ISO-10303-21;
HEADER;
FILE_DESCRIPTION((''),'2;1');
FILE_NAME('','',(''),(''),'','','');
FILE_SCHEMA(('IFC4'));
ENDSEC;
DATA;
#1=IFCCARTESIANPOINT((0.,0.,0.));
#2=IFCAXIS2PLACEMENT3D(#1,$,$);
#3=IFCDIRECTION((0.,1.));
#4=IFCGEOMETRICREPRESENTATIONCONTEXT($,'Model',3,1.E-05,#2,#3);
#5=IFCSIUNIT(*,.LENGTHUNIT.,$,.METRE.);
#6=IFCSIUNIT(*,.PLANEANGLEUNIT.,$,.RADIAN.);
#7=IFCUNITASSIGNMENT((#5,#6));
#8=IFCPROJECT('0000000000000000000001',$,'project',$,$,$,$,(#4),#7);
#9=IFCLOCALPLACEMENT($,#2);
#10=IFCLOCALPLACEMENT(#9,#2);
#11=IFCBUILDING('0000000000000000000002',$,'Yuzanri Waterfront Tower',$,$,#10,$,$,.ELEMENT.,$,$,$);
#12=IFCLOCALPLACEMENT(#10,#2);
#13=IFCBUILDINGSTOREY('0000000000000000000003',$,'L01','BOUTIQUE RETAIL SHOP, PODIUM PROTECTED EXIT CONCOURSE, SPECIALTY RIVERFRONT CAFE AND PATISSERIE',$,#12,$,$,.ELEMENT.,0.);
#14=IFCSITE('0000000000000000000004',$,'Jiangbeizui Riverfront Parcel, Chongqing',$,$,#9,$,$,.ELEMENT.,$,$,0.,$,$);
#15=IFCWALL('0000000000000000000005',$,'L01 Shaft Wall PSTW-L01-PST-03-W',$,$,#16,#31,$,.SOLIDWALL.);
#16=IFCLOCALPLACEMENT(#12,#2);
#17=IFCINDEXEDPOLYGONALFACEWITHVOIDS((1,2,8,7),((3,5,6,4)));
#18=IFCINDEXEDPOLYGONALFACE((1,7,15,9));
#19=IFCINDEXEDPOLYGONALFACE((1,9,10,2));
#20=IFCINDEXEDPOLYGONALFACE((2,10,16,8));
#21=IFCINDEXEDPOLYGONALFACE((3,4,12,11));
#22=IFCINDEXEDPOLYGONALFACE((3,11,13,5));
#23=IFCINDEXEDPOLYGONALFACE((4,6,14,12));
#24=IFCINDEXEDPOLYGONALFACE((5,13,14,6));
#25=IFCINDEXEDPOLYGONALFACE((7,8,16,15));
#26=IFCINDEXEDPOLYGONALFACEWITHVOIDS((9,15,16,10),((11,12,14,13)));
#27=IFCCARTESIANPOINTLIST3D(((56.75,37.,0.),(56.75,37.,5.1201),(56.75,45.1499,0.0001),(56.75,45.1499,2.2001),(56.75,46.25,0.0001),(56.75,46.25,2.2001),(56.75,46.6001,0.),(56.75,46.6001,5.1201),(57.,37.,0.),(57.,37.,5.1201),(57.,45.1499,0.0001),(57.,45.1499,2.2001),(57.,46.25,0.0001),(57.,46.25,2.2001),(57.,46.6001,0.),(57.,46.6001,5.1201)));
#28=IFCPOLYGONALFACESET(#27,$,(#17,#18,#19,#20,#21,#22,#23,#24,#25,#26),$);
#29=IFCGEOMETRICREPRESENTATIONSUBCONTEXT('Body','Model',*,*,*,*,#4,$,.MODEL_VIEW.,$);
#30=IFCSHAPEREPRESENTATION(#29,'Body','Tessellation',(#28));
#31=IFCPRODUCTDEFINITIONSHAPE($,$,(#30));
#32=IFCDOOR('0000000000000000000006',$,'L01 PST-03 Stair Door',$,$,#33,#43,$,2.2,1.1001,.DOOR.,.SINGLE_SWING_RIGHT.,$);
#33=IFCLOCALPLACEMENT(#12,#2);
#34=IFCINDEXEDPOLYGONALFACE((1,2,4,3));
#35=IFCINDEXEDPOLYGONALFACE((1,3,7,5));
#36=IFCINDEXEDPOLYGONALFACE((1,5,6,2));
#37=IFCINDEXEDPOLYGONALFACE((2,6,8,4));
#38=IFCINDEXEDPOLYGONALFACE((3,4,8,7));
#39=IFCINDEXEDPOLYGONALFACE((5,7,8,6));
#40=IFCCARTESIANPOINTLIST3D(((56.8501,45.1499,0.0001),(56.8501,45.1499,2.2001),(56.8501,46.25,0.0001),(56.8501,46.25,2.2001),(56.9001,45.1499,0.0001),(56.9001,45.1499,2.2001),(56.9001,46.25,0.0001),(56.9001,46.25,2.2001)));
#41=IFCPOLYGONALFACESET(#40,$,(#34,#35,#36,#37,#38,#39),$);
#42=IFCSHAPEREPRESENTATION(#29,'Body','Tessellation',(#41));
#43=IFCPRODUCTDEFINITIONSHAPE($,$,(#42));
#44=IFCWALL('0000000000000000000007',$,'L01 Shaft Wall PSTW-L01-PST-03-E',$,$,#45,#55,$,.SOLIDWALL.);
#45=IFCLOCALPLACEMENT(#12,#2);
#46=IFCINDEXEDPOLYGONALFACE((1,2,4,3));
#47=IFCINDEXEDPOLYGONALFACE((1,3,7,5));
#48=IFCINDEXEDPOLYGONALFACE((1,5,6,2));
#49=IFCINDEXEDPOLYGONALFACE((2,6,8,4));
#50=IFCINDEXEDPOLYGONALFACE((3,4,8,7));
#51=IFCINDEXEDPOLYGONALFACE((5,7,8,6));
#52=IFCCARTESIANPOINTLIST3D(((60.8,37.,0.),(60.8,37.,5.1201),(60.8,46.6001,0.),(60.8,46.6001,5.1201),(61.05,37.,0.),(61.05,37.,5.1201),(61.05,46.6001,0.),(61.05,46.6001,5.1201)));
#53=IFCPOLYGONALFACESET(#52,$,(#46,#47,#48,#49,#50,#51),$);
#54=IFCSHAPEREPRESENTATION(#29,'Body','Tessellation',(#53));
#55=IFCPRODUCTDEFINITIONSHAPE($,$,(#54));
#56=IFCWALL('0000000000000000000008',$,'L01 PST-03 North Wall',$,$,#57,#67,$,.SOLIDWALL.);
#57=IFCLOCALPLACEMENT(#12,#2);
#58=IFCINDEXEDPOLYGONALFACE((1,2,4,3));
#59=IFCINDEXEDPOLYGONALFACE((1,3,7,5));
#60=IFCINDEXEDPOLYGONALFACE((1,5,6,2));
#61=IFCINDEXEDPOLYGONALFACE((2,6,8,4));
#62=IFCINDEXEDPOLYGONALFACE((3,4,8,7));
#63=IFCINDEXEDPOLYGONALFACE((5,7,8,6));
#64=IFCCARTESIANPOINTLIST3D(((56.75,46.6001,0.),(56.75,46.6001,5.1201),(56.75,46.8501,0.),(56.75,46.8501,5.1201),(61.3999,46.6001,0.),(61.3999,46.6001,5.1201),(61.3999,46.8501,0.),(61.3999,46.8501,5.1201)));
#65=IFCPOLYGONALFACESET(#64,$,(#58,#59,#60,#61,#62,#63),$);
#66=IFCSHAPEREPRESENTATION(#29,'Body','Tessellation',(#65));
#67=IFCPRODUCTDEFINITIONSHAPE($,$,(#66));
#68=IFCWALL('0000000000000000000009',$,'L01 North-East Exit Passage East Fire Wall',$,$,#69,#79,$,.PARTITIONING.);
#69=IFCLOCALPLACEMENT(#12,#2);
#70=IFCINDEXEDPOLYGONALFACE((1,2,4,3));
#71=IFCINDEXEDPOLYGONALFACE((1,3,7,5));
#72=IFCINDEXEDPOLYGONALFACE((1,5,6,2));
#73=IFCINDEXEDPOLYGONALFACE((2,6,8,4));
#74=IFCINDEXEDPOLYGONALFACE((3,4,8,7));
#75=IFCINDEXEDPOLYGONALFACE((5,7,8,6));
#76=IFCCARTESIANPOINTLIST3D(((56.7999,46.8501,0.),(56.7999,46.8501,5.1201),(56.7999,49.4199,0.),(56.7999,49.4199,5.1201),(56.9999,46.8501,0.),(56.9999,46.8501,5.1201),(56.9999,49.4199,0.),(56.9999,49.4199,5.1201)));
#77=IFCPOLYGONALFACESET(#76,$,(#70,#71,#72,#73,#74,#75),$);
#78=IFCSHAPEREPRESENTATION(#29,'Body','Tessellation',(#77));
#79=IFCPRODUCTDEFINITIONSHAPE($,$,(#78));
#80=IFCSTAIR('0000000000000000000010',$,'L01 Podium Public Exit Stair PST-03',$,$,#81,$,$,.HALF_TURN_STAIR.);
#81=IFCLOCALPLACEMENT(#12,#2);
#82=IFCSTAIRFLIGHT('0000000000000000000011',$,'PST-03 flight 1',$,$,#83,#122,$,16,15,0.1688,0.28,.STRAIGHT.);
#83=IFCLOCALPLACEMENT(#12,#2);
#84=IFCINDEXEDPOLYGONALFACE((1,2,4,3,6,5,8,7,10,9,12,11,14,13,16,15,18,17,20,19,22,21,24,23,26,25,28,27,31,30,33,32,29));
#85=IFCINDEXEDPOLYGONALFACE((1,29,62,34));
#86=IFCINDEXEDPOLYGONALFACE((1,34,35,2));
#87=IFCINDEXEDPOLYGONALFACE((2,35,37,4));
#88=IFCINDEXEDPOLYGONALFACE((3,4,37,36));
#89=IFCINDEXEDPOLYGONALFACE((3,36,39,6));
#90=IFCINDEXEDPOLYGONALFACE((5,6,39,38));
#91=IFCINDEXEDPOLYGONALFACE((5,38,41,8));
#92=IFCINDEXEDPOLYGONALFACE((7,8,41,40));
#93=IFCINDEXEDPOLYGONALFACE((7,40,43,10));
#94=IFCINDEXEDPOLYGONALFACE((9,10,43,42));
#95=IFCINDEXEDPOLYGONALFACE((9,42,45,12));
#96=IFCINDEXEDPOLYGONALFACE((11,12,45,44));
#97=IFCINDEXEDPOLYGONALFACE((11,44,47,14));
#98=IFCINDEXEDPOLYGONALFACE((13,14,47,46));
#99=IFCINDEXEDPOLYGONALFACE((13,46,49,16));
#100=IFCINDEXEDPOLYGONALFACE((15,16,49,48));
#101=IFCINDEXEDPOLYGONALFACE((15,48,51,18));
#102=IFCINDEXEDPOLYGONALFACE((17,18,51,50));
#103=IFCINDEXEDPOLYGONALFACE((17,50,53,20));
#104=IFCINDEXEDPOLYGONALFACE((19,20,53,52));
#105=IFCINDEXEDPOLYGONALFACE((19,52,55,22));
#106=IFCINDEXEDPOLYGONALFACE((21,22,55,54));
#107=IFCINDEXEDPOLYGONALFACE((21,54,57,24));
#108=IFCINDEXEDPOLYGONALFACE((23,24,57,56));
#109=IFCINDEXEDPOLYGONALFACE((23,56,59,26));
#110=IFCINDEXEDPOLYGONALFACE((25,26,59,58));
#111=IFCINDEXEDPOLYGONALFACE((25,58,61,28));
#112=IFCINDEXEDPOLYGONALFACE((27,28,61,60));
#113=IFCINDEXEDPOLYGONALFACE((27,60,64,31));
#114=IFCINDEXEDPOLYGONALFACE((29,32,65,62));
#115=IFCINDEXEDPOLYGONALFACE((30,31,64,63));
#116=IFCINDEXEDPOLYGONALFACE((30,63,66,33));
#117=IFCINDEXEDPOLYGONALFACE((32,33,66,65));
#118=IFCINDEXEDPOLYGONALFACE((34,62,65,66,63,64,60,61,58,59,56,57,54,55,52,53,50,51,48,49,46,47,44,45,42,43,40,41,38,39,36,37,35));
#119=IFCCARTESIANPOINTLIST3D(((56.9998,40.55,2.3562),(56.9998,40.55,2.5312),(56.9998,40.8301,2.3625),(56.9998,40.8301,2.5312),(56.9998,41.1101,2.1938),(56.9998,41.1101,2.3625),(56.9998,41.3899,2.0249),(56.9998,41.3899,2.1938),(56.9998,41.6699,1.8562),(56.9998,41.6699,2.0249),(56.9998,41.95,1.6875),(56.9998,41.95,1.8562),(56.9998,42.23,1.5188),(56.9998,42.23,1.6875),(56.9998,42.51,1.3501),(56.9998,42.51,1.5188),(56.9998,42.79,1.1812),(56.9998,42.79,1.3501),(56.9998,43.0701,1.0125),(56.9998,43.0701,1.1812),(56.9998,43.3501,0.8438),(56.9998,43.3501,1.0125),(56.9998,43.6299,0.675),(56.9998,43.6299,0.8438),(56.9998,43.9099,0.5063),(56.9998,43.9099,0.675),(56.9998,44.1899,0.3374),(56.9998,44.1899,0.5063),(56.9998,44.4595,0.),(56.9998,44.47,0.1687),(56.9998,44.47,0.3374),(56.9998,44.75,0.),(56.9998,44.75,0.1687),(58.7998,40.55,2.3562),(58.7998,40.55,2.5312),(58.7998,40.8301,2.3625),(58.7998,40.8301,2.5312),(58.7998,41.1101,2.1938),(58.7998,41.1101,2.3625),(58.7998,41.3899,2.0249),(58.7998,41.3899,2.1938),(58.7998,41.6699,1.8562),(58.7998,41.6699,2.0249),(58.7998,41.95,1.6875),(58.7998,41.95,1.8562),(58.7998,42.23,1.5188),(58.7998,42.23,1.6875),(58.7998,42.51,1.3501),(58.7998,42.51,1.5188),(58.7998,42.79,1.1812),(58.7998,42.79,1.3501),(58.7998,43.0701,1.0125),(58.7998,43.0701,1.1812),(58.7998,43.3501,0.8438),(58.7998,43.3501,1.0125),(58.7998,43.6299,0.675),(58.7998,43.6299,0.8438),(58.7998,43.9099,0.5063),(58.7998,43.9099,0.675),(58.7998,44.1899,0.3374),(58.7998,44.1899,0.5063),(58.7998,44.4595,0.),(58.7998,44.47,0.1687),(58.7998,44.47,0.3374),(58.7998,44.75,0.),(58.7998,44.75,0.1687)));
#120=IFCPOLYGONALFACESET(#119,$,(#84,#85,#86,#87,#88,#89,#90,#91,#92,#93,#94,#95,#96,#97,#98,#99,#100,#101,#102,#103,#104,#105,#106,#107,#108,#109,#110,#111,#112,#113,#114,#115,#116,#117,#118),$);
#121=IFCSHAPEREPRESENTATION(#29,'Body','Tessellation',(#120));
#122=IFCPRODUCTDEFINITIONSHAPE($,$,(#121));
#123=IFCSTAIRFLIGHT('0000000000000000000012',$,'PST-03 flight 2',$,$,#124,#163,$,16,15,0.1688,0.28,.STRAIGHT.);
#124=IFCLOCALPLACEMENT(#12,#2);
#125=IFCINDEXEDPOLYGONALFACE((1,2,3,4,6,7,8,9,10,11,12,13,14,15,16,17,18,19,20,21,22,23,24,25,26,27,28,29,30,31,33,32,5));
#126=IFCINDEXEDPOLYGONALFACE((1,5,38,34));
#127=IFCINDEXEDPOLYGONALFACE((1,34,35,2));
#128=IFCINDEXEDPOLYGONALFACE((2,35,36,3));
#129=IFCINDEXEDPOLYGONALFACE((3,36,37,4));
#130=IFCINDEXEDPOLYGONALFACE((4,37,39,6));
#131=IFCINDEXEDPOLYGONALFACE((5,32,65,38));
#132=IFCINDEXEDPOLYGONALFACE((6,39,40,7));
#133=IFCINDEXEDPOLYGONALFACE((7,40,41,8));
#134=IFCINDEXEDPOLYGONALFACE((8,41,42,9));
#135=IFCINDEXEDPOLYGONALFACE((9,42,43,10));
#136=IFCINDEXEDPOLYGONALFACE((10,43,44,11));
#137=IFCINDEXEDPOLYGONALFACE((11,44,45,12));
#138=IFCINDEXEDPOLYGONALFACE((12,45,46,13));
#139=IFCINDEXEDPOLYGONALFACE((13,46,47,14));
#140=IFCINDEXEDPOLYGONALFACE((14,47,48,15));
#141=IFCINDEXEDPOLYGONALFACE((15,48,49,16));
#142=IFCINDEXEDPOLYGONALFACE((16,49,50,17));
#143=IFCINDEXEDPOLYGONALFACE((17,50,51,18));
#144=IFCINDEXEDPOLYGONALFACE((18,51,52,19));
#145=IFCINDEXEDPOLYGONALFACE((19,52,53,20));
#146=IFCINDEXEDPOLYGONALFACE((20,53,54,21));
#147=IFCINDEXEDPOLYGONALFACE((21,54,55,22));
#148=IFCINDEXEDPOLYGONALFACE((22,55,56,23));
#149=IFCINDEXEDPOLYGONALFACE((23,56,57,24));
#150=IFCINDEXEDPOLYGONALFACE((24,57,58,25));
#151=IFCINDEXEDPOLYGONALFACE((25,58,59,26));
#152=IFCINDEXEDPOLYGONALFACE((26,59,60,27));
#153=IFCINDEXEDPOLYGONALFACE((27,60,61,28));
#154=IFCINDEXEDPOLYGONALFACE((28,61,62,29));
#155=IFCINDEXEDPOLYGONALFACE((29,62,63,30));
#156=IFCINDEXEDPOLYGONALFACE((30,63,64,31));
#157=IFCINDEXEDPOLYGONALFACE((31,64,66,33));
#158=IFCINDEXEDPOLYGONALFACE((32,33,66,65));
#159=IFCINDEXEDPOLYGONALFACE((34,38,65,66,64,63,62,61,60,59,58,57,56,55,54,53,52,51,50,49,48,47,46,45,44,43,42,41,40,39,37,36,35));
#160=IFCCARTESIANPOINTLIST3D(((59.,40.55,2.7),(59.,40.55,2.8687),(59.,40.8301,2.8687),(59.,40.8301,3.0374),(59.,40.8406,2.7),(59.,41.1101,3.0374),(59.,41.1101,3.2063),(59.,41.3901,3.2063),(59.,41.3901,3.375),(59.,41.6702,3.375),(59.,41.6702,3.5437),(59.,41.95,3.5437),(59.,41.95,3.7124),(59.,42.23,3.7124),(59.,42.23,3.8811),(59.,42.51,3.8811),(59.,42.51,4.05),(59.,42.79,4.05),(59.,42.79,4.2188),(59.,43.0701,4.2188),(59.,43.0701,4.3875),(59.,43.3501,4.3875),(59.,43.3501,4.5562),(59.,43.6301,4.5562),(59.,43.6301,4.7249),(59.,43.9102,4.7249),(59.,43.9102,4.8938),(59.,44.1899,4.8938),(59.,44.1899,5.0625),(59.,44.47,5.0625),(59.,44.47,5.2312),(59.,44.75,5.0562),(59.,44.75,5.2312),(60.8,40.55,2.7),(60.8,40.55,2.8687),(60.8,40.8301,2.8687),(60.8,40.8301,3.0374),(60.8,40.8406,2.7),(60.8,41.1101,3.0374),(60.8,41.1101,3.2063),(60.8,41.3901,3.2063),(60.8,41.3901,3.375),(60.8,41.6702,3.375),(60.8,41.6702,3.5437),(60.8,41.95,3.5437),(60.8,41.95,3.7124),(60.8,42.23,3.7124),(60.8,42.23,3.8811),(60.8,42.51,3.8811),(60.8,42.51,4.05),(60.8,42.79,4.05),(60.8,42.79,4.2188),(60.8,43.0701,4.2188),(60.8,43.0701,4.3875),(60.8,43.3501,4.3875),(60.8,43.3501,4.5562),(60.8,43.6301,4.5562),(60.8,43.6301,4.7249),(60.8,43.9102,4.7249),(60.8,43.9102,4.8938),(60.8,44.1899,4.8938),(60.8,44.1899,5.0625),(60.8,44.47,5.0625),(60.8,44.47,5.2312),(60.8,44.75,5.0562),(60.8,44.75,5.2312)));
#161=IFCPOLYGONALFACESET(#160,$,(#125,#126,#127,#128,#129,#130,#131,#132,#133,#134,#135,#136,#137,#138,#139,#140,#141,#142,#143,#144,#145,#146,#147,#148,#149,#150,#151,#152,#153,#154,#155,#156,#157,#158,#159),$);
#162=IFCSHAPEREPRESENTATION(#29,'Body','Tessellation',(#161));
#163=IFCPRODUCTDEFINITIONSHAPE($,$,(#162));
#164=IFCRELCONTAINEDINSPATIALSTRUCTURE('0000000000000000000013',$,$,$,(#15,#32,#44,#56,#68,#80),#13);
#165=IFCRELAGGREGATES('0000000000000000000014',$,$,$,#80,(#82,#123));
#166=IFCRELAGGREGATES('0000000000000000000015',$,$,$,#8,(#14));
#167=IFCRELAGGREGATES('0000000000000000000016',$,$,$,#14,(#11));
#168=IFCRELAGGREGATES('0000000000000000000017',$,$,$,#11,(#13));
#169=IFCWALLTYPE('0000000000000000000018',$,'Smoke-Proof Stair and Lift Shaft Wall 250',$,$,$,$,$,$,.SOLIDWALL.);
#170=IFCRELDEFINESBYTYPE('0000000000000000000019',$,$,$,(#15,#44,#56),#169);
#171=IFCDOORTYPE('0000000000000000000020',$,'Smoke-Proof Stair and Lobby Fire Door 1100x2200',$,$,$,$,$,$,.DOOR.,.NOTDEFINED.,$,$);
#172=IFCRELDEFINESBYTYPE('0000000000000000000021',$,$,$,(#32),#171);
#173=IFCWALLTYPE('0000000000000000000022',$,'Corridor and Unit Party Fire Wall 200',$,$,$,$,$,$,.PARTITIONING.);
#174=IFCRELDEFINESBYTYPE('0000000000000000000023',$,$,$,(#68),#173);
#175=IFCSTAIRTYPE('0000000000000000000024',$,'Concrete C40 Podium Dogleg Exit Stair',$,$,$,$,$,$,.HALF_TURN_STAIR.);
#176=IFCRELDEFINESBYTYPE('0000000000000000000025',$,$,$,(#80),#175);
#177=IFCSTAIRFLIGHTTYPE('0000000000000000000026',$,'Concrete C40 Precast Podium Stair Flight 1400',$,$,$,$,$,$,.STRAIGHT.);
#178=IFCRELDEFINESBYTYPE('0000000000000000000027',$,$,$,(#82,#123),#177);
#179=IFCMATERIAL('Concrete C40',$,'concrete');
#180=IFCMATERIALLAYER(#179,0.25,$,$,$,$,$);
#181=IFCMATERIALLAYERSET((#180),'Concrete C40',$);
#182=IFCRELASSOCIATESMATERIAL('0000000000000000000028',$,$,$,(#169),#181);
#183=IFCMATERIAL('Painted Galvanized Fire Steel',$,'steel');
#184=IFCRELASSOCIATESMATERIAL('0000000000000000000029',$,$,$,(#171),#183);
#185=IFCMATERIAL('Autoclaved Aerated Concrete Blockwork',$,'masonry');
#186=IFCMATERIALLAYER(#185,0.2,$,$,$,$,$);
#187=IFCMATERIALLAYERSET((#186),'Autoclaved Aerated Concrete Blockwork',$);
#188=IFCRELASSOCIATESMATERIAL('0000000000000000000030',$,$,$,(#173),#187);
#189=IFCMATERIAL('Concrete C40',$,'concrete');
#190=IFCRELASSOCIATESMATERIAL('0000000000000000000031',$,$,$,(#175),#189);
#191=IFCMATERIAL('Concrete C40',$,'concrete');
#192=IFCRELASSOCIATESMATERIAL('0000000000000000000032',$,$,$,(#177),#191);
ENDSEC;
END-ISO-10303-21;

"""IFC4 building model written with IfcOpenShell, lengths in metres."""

from ifc_helpers import new_model, si_unit, direction, frame, frame_2d, origin, place, context, subcontext, project, spatial, polyline, rectangle, outline, extrude, source, transform, mapped, material, layer, layer_set, type_object, element, fill, aggregate, save


model = new_model("IFC4")

# Units and contexts
model_context = context("Model", 3, precision=1e-05, world=origin(), true_north=direction((0.0, 1.0)))
body_context = subcontext(model_context, "Body", "Model", "MODEL_VIEW")
ifc_project = project(units=[si_unit("LENGTHUNIT", "METRE"), si_unit("PLANEANGLEUNIT", "RADIAN")], contexts=[model_context])

# Site, building, storey
site_placement = place(None, origin())
site = spatial("IfcSite", under=ifc_project, at=site_placement, Name="Jiangbeizui Riverfront Parcel, Chongqing", CompositionType="ELEMENT", RefElevation=0.0)
building_placement = place(site_placement, origin())
building = spatial("IfcBuilding", under=site, at=building_placement, Name="Yuzanri Waterfront Tower", CompositionType="ELEMENT")
storey_placement = place(building_placement, origin())
storey = spatial("IfcBuildingStorey", under=building, at=storey_placement, Name="L01", Description="BOUTIQUE RETAIL SHOP, PODIUM PROTECTED EXIT CONCOURSE, SPECIALTY RIVERFRONT CAFE AND PATISSERIE", CompositionType="ELEMENT", Elevation=0.0)

# Wall, opening, door
ifc_material_1 = material(Name="Concrete C40", Category="concrete")
ifc_layer_1 = layer(ifc_material_1, 0.25)
ifc_layer_set_1 = layer_set([ifc_layer_1], Name="Concrete C40")
wall_type_1 = type_object("IfcWallType", Name="Smoke-Proof Stair and Lift Shaft Wall 250", PredefinedType="SOLIDWALL", material=ifc_layer_set_1)
wall_1_placement = place(storey_placement, frame((56.875, 37.0, 0.0), z_axis=(0.0, 0.0, 1.0), x_axis=(0.0, 1.0, 0.0)))
wall_1 = element("IfcWall", 1, at=wall_1_placement, inside=storey, type_object=wall_type_1, Name="L01 Shaft Wall PSTW-L01-PST-03-W", PredefinedType="SOLIDWALL", context=body_context, shape_type="SweptSolid", body=[
    extrude(rectangle(XDim=9.6001, YDim=0.25, at=frame_2d((4.8, 0.0))), origin(), (0.0, 0.0, 1.0), 5.1201),
])
opening_1_placement = place(wall_1_placement, frame((8.1499, 0.0, 0.0)))
opening_1 = element("IfcOpeningElement", 2, at=opening_1_placement, cuts=wall_1, PredefinedType="OPENING", context=body_context, shape_type="SweptSolid", body=[
    extrude(rectangle(XDim=1.1001, YDim=2.2, at=frame_2d((0.55, 1.1001))), frame((0.0, 0.1399, 0.0), z_axis=(0.0, -1.0, 0.0), x_axis=(1.0, 0.0, 0.0)), (0.0, 0.0, 1.0), 0.2798),
])
ifc_material_2 = material(Name="Painted Galvanized Fire Steel", Category="steel")
door_type_1 = type_object("IfcDoorType", Name="Smoke-Proof Stair and Lobby Fire Door 1100x2200", OperationType="NOTDEFINED", PredefinedType="DOOR", material=ifc_material_2)
shared_shape_1 = source(origin(), body_context, "Body", "SweptSolid", [
    extrude(rectangle(XDim=1.1001, YDim=2.2, at=frame_2d((0.55, 1.1001))), frame((0.0, 0.0249, 0.0), z_axis=(0.0, -1.0, 0.0), x_axis=(1.0, 0.0, 0.0)), (0.0, 0.0, 1.0), 0.05),
])
door_1_placement = place(opening_1_placement, origin())
door_1 = element("IfcDoor", 3, at=door_1_placement, inside=storey, type_object=door_type_1, Name="L01 PST-03 Stair Door", OperationType="SINGLE_SWING_RIGHT", OverallHeight=2.2, OverallWidth=1.1001, PredefinedType="DOOR", context=body_context, shape_type="MappedRepresentation", body=[
    mapped(shared_shape_1, transform((0.0, 0.0, 0.0), scale=1.0)),
])
fill(opening_1, door_1)

# Walls
shared_shape_2 = source(origin(), body_context, "Body", "SweptSolid", [
    extrude(rectangle(XDim=9.6001, YDim=0.25, at=frame_2d((4.8, 0.0))), origin(), (0.0, 0.0, 1.0), 5.1201),
])
wall_2_placement = place(storey_placement, frame((60.925, 37.0, 0.0), z_axis=(0.0, 0.0, 1.0), x_axis=(0.0, 1.0, 0.0)))
element("IfcWall", 4, at=wall_2_placement, inside=storey, type_object=wall_type_1, Name="L01 Shaft Wall PSTW-L01-PST-03-E", PredefinedType="SOLIDWALL", context=body_context, shape_type="MappedRepresentation", body=[
    mapped(shared_shape_2, transform((0.0, 0.0, 0.0), scale=1.0)),
])
shared_shape_3 = source(origin(), body_context, "Body", "SweptSolid", [
    extrude(rectangle(XDim=4.6499, YDim=0.25, at=frame_2d((2.325, 0.0))), origin(), (0.0, 0.0, 1.0), 5.1201),
])
wall_3_placement = place(storey_placement, frame((56.75, 46.7251, 0.0), z_axis=(0.0, 0.0, 1.0), x_axis=(1.0, 0.0, 0.0)))
element("IfcWall", 5, at=wall_3_placement, inside=storey, type_object=wall_type_1, Name="L01 PST-03 North Wall", PredefinedType="SOLIDWALL", context=body_context, shape_type="MappedRepresentation", body=[
    mapped(shared_shape_3, transform((0.0, 0.0, 0.0), scale=1.0)),
])
ifc_material_3 = material(Name="Autoclaved Aerated Concrete Blockwork", Category="masonry")
ifc_layer_2 = layer(ifc_material_3, 0.2)
ifc_layer_set_2 = layer_set([ifc_layer_2], Name="Autoclaved Aerated Concrete Blockwork")
wall_type_2 = type_object("IfcWallType", Name="Corridor and Unit Party Fire Wall 200", PredefinedType="PARTITIONING", material=ifc_layer_set_2)
shared_shape_4 = source(origin(), body_context, "Body", "SweptSolid", [
    extrude(rectangle(XDim=2.5698, YDim=0.2, at=frame_2d((1.2849, 0.0))), origin(), (0.0, 0.0, 1.0), 5.1201),
])
wall_4_placement = place(storey_placement, frame((56.8999, 46.8501, 0.0), z_axis=(0.0, 0.0, 1.0), x_axis=(0.0, 1.0, 0.0)))
element("IfcWall", 6, at=wall_4_placement, inside=storey, type_object=wall_type_2, Name="L01 North-East Exit Passage East Fire Wall", PredefinedType="PARTITIONING", context=body_context, shape_type="MappedRepresentation", body=[
    mapped(shared_shape_4, transform((0.0, 0.0, 0.0), scale=1.0)),
])

# Stair, stair flights
ifc_material_4 = material(Name="Concrete C40", Category="concrete")
stair_type = type_object("IfcStairType", Name="Concrete C40 Podium Dogleg Exit Stair", PredefinedType="HALF_TURN_STAIR", material=ifc_material_4)
stair_placement = place(storey_placement, origin())
stair = element("IfcStair", 7, at=stair_placement, inside=storey, type_object=stair_type, Name="L01 Podium Public Exit Stair PST-03", PredefinedType="HALF_TURN_STAIR")
ifc_material_5 = material(Name="Concrete C40", Category="concrete")
stair_flight_type = type_object("IfcStairFlightType", Name="Concrete C40 Precast Podium Stair Flight 1400", PredefinedType="STRAIGHT", material=ifc_material_5)
shared_shape_5 = source(origin(), body_context, "Body", "SweptSolid", [
    extrude(outline(polyline([(0.0, 0.0), (0.0, 0.1687), (0.28, 0.1687), (0.28, 0.3374), (0.5601, 0.3374), (0.5601, 0.5063), (0.8401, 0.5063), (0.8401, 0.675), (1.1201, 0.675), (1.1201, 0.8438), (1.3999, 0.8438), (1.3999, 1.0125), (1.6799, 1.0125), (1.6799, 1.1812), (1.96, 1.1812), (1.96, 1.3501), (2.24, 1.3501), (2.24, 1.5188), (2.52, 1.5188), (2.52, 1.6875), (2.8, 1.6875), (2.8, 1.8562), (3.0801, 1.8562), (3.0801, 2.0249), (3.3601, 2.0249), (3.3601, 2.1938), (3.6399, 2.1938), (3.6399, 2.3625), (3.9199, 2.3625), (3.9199, 2.5312), (4.2, 2.5312), (4.2, 2.7), (4.2, 2.3562), (0.2905, 0.0), (0.0, 0.0)])), frame((0.0, 0.8999, 0.0), z_axis=(0.0, -1.0, 0.0), x_axis=(1.0, 0.0, 0.0)), (0.0, 0.0, 1.0), 1.8),
])
stair_flight_1_placement = place(storey_placement, frame((57.8999, 44.75, 0.0), z_axis=(0.0, 0.0, 1.0), x_axis=(0.0, -1.0, 0.0)))
stair_flight_1 = element("IfcStairFlight", 8, at=stair_flight_1_placement, type_object=stair_flight_type, Name="PST-03 flight 1", NumberOfRisers=16, NumberOfTreads=15, PredefinedType="STRAIGHT", RiserHeight=0.1688, TreadLength=0.28, context=body_context, shape_type="MappedRepresentation", body=[
    mapped(shared_shape_5, transform((0.0, 0.0, 0.0), scale=1.0)),
])
stair_flight_2_placement = place(storey_placement, frame((59.8999, 40.55, 2.7), z_axis=(0.0, 0.0, 1.0), x_axis=(0.0, 1.0, 0.0)))
stair_flight_2 = element("IfcStairFlight", 9, at=stair_flight_2_placement, type_object=stair_flight_type, Name="PST-03 flight 2", NumberOfRisers=16, NumberOfTreads=15, PredefinedType="STRAIGHT", RiserHeight=0.1688, TreadLength=0.28, context=body_context, shape_type="MappedRepresentation", body=[
    mapped(shared_shape_5, transform((0.0, 0.0, 0.0), scale=1.0)),
])
aggregate(stair, [stair_flight_1, stair_flight_2])

save(model, "model.ifc")
